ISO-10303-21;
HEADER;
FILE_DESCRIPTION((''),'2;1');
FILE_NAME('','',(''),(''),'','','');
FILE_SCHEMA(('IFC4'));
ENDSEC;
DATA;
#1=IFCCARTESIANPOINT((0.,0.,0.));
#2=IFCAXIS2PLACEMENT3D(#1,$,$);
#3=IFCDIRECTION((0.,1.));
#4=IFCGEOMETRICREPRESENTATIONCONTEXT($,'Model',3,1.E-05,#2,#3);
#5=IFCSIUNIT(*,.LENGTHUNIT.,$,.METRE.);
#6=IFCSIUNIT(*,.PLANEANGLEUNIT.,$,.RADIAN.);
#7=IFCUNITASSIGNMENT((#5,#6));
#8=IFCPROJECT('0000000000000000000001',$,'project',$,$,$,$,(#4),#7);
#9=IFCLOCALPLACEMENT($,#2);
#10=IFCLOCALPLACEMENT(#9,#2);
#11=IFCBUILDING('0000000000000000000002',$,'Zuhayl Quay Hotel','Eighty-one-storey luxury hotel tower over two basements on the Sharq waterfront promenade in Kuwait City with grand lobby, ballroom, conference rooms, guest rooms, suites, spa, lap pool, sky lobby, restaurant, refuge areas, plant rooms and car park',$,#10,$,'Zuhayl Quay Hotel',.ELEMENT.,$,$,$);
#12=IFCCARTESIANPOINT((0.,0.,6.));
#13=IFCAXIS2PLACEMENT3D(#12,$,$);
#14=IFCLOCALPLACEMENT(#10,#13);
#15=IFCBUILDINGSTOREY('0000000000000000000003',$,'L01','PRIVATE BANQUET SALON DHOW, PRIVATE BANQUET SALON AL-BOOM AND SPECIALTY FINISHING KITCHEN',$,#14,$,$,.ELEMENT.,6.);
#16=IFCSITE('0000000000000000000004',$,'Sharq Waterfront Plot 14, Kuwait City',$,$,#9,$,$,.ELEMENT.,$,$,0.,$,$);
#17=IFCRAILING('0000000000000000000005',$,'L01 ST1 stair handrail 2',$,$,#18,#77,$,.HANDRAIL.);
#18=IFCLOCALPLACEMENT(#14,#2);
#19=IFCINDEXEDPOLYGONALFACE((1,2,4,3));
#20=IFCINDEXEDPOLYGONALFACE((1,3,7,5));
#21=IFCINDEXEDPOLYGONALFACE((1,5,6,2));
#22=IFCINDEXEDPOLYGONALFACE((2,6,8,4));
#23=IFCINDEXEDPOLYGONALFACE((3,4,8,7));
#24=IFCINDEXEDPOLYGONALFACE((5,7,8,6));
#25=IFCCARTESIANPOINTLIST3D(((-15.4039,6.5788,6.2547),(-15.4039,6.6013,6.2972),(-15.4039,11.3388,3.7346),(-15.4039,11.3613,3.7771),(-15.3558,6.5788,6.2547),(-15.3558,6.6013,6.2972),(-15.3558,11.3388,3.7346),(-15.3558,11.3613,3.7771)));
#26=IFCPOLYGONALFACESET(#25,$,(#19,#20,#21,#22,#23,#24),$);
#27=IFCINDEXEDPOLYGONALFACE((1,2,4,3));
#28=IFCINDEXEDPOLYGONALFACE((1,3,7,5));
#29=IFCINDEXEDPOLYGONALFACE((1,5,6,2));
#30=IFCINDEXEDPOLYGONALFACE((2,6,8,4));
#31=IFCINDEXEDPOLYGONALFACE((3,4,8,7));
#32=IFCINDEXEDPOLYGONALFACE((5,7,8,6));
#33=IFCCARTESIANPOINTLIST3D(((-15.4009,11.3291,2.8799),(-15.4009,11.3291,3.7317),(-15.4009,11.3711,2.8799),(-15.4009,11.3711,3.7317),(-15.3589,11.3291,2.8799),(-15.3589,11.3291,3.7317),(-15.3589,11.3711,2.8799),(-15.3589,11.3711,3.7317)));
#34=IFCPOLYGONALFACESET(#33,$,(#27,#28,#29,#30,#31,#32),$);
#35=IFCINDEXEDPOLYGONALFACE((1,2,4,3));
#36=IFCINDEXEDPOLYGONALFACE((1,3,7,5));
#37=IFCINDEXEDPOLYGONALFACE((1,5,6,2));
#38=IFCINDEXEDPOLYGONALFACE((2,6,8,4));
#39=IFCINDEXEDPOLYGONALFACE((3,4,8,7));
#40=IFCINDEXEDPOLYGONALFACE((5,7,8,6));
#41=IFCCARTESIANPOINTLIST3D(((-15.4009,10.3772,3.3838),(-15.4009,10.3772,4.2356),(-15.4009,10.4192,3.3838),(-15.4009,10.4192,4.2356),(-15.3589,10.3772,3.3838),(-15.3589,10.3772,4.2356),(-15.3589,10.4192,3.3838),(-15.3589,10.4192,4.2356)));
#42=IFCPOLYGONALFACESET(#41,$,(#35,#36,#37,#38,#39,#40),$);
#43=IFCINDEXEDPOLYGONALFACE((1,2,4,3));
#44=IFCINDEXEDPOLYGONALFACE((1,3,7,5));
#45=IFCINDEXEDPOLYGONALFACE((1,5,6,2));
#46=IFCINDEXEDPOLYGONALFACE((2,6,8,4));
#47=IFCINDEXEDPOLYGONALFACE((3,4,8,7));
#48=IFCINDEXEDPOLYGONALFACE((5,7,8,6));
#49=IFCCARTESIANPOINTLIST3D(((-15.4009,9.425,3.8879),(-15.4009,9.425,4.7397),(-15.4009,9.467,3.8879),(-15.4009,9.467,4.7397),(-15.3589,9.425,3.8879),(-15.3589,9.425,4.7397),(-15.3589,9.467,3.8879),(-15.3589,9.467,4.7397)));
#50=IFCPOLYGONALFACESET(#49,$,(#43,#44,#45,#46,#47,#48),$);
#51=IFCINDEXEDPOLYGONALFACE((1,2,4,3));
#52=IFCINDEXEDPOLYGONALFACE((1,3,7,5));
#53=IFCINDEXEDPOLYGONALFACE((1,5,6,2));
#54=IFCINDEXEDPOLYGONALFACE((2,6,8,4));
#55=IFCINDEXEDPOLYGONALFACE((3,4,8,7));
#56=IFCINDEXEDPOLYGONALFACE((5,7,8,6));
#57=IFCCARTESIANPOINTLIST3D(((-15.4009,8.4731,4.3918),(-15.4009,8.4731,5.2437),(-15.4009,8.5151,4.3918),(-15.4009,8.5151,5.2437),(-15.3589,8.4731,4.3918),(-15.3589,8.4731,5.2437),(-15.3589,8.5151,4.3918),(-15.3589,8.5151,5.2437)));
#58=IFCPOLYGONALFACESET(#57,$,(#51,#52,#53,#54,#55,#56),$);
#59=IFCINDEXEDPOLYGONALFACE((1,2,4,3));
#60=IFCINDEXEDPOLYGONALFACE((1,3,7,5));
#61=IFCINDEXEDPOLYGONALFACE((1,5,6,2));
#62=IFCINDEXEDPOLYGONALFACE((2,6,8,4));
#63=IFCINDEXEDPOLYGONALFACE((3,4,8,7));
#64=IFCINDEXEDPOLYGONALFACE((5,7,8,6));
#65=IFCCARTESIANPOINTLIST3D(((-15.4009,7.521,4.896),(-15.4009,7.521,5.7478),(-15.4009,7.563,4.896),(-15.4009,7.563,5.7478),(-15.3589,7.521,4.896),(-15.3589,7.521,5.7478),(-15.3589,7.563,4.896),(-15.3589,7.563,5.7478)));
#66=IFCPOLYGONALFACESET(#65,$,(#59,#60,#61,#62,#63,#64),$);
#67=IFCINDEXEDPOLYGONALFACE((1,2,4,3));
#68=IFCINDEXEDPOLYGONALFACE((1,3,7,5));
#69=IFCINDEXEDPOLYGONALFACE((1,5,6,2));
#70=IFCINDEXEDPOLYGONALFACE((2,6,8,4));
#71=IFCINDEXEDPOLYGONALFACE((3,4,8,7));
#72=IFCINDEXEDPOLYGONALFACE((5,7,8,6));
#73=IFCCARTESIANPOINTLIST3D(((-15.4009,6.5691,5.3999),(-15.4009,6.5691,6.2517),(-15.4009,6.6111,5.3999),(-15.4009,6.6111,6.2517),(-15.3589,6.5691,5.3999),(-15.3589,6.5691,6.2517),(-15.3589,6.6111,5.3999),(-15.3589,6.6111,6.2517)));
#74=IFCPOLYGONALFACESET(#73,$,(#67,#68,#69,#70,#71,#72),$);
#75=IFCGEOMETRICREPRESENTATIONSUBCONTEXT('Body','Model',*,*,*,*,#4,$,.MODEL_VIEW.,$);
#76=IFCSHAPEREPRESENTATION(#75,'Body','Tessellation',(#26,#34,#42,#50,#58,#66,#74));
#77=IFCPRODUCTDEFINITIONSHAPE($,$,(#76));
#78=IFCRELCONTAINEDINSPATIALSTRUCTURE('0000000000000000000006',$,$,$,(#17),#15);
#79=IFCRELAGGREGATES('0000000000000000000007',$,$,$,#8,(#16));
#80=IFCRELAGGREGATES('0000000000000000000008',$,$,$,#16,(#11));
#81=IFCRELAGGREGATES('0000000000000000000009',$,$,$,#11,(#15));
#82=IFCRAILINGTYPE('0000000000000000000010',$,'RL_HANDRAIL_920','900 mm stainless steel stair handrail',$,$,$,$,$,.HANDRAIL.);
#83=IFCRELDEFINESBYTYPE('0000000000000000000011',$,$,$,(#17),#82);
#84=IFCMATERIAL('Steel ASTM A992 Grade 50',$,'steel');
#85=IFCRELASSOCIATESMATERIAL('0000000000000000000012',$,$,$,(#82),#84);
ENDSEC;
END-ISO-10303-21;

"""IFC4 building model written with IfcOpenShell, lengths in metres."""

from ifc_helpers import new_model, si_unit, direction, frame, origin, origin_2d, place, context, subcontext, project, spatial, rectangle, extrude, material, type_object, element, save


model = new_model("IFC4")

# Units and contexts
model_context = context("Model", 3, precision=1e-05, world=origin(), true_north=direction((0.0, 1.0)))
body_context = subcontext(model_context, "Body", "Model", "MODEL_VIEW")
ifc_project = project(units=[si_unit("LENGTHUNIT", "METRE"), si_unit("PLANEANGLEUNIT", "RADIAN")], contexts=[model_context])

# Site, building, storey
site_placement = place(None, origin())
site = spatial("IfcSite", under=ifc_project, at=site_placement, Name="Sharq Waterfront Plot 14, Kuwait City", CompositionType="ELEMENT", RefElevation=0.0)
building_placement = place(site_placement, origin())
building = spatial("IfcBuilding", under=site, at=building_placement, Name="Zuhayl Quay Hotel", Description="Eighty-one-storey luxury hotel tower over two basements on the Sharq waterfront promenade in Kuwait City with grand lobby, ballroom, conference rooms, guest rooms, suites, spa, lap pool, sky lobby, restaurant, refuge areas, plant rooms and car park", LongName="Zuhayl Quay Hotel", CompositionType="ELEMENT")
storey_placement = place(building_placement, frame((0.0, 0.0, 6.0)))
storey = spatial("IfcBuildingStorey", under=building, at=storey_placement, Name="L01", Description="PRIVATE BANQUET SALON DHOW, PRIVATE BANQUET SALON AL-BOOM AND SPECIALTY FINISHING KITCHEN", CompositionType="ELEMENT", Elevation=6.0)

# Shared definitions
ifc_material_1 = material(Name="Steel ASTM A992 Grade 50", Category="steel")

# Railing
railing_type_1 = type_object("IfcRailingType", Name="RL_HANDRAIL_920", Description="900 mm stainless steel stair handrail", PredefinedType="HANDRAIL", material=ifc_material_1)
railing_1_placement = place(storey_placement, frame((-15.3799, 11.3501, 2.8799)))
element("IfcRailing", 1, at=railing_1_placement, inside=storey, type_object=railing_type_1, Name="L01 ST1 stair handrail 2", PredefinedType="HANDRAIL", context=body_context, shape_type="SweptSolid", body=[
    extrude(rectangle(XDim=0.0481, YDim=0.0481, at=origin_2d()), frame((0.0, 0.0, 0.876), z_axis=(0.0, -0.883787, 0.46789), x_axis=(1.0, 0.0, 0.0)), (0.0, 0.0, 1.0), 5.386),
    extrude(rectangle(XDim=0.042, YDim=0.042, at=origin_2d()), origin(), (0.0, 0.0, 1.0), 0.8518),
    extrude(rectangle(XDim=0.042, YDim=0.042, at=origin_2d()), frame((0.0, -0.9519, 0.5039)), (0.0, 0.0, 1.0), 0.8518),
    extrude(rectangle(XDim=0.042, YDim=0.042, at=origin_2d()), frame((0.0, -1.9041, 1.0081)), (0.0, 0.0, 1.0), 0.8518),
    extrude(rectangle(XDim=0.042, YDim=0.042, at=origin_2d()), frame((0.0, -2.856, 1.512)), (0.0, 0.0, 1.0), 0.8518),
    extrude(rectangle(XDim=0.042, YDim=0.042, at=origin_2d()), frame((0.0, -3.8081, 2.0161)), (0.0, 0.0, 1.0), 0.8518),
    extrude(rectangle(XDim=0.042, YDim=0.042, at=origin_2d()), frame((0.0, -4.76, 2.52)), (0.0, 0.0, 1.0), 0.8518),
])

save(model, "model.ifc")
